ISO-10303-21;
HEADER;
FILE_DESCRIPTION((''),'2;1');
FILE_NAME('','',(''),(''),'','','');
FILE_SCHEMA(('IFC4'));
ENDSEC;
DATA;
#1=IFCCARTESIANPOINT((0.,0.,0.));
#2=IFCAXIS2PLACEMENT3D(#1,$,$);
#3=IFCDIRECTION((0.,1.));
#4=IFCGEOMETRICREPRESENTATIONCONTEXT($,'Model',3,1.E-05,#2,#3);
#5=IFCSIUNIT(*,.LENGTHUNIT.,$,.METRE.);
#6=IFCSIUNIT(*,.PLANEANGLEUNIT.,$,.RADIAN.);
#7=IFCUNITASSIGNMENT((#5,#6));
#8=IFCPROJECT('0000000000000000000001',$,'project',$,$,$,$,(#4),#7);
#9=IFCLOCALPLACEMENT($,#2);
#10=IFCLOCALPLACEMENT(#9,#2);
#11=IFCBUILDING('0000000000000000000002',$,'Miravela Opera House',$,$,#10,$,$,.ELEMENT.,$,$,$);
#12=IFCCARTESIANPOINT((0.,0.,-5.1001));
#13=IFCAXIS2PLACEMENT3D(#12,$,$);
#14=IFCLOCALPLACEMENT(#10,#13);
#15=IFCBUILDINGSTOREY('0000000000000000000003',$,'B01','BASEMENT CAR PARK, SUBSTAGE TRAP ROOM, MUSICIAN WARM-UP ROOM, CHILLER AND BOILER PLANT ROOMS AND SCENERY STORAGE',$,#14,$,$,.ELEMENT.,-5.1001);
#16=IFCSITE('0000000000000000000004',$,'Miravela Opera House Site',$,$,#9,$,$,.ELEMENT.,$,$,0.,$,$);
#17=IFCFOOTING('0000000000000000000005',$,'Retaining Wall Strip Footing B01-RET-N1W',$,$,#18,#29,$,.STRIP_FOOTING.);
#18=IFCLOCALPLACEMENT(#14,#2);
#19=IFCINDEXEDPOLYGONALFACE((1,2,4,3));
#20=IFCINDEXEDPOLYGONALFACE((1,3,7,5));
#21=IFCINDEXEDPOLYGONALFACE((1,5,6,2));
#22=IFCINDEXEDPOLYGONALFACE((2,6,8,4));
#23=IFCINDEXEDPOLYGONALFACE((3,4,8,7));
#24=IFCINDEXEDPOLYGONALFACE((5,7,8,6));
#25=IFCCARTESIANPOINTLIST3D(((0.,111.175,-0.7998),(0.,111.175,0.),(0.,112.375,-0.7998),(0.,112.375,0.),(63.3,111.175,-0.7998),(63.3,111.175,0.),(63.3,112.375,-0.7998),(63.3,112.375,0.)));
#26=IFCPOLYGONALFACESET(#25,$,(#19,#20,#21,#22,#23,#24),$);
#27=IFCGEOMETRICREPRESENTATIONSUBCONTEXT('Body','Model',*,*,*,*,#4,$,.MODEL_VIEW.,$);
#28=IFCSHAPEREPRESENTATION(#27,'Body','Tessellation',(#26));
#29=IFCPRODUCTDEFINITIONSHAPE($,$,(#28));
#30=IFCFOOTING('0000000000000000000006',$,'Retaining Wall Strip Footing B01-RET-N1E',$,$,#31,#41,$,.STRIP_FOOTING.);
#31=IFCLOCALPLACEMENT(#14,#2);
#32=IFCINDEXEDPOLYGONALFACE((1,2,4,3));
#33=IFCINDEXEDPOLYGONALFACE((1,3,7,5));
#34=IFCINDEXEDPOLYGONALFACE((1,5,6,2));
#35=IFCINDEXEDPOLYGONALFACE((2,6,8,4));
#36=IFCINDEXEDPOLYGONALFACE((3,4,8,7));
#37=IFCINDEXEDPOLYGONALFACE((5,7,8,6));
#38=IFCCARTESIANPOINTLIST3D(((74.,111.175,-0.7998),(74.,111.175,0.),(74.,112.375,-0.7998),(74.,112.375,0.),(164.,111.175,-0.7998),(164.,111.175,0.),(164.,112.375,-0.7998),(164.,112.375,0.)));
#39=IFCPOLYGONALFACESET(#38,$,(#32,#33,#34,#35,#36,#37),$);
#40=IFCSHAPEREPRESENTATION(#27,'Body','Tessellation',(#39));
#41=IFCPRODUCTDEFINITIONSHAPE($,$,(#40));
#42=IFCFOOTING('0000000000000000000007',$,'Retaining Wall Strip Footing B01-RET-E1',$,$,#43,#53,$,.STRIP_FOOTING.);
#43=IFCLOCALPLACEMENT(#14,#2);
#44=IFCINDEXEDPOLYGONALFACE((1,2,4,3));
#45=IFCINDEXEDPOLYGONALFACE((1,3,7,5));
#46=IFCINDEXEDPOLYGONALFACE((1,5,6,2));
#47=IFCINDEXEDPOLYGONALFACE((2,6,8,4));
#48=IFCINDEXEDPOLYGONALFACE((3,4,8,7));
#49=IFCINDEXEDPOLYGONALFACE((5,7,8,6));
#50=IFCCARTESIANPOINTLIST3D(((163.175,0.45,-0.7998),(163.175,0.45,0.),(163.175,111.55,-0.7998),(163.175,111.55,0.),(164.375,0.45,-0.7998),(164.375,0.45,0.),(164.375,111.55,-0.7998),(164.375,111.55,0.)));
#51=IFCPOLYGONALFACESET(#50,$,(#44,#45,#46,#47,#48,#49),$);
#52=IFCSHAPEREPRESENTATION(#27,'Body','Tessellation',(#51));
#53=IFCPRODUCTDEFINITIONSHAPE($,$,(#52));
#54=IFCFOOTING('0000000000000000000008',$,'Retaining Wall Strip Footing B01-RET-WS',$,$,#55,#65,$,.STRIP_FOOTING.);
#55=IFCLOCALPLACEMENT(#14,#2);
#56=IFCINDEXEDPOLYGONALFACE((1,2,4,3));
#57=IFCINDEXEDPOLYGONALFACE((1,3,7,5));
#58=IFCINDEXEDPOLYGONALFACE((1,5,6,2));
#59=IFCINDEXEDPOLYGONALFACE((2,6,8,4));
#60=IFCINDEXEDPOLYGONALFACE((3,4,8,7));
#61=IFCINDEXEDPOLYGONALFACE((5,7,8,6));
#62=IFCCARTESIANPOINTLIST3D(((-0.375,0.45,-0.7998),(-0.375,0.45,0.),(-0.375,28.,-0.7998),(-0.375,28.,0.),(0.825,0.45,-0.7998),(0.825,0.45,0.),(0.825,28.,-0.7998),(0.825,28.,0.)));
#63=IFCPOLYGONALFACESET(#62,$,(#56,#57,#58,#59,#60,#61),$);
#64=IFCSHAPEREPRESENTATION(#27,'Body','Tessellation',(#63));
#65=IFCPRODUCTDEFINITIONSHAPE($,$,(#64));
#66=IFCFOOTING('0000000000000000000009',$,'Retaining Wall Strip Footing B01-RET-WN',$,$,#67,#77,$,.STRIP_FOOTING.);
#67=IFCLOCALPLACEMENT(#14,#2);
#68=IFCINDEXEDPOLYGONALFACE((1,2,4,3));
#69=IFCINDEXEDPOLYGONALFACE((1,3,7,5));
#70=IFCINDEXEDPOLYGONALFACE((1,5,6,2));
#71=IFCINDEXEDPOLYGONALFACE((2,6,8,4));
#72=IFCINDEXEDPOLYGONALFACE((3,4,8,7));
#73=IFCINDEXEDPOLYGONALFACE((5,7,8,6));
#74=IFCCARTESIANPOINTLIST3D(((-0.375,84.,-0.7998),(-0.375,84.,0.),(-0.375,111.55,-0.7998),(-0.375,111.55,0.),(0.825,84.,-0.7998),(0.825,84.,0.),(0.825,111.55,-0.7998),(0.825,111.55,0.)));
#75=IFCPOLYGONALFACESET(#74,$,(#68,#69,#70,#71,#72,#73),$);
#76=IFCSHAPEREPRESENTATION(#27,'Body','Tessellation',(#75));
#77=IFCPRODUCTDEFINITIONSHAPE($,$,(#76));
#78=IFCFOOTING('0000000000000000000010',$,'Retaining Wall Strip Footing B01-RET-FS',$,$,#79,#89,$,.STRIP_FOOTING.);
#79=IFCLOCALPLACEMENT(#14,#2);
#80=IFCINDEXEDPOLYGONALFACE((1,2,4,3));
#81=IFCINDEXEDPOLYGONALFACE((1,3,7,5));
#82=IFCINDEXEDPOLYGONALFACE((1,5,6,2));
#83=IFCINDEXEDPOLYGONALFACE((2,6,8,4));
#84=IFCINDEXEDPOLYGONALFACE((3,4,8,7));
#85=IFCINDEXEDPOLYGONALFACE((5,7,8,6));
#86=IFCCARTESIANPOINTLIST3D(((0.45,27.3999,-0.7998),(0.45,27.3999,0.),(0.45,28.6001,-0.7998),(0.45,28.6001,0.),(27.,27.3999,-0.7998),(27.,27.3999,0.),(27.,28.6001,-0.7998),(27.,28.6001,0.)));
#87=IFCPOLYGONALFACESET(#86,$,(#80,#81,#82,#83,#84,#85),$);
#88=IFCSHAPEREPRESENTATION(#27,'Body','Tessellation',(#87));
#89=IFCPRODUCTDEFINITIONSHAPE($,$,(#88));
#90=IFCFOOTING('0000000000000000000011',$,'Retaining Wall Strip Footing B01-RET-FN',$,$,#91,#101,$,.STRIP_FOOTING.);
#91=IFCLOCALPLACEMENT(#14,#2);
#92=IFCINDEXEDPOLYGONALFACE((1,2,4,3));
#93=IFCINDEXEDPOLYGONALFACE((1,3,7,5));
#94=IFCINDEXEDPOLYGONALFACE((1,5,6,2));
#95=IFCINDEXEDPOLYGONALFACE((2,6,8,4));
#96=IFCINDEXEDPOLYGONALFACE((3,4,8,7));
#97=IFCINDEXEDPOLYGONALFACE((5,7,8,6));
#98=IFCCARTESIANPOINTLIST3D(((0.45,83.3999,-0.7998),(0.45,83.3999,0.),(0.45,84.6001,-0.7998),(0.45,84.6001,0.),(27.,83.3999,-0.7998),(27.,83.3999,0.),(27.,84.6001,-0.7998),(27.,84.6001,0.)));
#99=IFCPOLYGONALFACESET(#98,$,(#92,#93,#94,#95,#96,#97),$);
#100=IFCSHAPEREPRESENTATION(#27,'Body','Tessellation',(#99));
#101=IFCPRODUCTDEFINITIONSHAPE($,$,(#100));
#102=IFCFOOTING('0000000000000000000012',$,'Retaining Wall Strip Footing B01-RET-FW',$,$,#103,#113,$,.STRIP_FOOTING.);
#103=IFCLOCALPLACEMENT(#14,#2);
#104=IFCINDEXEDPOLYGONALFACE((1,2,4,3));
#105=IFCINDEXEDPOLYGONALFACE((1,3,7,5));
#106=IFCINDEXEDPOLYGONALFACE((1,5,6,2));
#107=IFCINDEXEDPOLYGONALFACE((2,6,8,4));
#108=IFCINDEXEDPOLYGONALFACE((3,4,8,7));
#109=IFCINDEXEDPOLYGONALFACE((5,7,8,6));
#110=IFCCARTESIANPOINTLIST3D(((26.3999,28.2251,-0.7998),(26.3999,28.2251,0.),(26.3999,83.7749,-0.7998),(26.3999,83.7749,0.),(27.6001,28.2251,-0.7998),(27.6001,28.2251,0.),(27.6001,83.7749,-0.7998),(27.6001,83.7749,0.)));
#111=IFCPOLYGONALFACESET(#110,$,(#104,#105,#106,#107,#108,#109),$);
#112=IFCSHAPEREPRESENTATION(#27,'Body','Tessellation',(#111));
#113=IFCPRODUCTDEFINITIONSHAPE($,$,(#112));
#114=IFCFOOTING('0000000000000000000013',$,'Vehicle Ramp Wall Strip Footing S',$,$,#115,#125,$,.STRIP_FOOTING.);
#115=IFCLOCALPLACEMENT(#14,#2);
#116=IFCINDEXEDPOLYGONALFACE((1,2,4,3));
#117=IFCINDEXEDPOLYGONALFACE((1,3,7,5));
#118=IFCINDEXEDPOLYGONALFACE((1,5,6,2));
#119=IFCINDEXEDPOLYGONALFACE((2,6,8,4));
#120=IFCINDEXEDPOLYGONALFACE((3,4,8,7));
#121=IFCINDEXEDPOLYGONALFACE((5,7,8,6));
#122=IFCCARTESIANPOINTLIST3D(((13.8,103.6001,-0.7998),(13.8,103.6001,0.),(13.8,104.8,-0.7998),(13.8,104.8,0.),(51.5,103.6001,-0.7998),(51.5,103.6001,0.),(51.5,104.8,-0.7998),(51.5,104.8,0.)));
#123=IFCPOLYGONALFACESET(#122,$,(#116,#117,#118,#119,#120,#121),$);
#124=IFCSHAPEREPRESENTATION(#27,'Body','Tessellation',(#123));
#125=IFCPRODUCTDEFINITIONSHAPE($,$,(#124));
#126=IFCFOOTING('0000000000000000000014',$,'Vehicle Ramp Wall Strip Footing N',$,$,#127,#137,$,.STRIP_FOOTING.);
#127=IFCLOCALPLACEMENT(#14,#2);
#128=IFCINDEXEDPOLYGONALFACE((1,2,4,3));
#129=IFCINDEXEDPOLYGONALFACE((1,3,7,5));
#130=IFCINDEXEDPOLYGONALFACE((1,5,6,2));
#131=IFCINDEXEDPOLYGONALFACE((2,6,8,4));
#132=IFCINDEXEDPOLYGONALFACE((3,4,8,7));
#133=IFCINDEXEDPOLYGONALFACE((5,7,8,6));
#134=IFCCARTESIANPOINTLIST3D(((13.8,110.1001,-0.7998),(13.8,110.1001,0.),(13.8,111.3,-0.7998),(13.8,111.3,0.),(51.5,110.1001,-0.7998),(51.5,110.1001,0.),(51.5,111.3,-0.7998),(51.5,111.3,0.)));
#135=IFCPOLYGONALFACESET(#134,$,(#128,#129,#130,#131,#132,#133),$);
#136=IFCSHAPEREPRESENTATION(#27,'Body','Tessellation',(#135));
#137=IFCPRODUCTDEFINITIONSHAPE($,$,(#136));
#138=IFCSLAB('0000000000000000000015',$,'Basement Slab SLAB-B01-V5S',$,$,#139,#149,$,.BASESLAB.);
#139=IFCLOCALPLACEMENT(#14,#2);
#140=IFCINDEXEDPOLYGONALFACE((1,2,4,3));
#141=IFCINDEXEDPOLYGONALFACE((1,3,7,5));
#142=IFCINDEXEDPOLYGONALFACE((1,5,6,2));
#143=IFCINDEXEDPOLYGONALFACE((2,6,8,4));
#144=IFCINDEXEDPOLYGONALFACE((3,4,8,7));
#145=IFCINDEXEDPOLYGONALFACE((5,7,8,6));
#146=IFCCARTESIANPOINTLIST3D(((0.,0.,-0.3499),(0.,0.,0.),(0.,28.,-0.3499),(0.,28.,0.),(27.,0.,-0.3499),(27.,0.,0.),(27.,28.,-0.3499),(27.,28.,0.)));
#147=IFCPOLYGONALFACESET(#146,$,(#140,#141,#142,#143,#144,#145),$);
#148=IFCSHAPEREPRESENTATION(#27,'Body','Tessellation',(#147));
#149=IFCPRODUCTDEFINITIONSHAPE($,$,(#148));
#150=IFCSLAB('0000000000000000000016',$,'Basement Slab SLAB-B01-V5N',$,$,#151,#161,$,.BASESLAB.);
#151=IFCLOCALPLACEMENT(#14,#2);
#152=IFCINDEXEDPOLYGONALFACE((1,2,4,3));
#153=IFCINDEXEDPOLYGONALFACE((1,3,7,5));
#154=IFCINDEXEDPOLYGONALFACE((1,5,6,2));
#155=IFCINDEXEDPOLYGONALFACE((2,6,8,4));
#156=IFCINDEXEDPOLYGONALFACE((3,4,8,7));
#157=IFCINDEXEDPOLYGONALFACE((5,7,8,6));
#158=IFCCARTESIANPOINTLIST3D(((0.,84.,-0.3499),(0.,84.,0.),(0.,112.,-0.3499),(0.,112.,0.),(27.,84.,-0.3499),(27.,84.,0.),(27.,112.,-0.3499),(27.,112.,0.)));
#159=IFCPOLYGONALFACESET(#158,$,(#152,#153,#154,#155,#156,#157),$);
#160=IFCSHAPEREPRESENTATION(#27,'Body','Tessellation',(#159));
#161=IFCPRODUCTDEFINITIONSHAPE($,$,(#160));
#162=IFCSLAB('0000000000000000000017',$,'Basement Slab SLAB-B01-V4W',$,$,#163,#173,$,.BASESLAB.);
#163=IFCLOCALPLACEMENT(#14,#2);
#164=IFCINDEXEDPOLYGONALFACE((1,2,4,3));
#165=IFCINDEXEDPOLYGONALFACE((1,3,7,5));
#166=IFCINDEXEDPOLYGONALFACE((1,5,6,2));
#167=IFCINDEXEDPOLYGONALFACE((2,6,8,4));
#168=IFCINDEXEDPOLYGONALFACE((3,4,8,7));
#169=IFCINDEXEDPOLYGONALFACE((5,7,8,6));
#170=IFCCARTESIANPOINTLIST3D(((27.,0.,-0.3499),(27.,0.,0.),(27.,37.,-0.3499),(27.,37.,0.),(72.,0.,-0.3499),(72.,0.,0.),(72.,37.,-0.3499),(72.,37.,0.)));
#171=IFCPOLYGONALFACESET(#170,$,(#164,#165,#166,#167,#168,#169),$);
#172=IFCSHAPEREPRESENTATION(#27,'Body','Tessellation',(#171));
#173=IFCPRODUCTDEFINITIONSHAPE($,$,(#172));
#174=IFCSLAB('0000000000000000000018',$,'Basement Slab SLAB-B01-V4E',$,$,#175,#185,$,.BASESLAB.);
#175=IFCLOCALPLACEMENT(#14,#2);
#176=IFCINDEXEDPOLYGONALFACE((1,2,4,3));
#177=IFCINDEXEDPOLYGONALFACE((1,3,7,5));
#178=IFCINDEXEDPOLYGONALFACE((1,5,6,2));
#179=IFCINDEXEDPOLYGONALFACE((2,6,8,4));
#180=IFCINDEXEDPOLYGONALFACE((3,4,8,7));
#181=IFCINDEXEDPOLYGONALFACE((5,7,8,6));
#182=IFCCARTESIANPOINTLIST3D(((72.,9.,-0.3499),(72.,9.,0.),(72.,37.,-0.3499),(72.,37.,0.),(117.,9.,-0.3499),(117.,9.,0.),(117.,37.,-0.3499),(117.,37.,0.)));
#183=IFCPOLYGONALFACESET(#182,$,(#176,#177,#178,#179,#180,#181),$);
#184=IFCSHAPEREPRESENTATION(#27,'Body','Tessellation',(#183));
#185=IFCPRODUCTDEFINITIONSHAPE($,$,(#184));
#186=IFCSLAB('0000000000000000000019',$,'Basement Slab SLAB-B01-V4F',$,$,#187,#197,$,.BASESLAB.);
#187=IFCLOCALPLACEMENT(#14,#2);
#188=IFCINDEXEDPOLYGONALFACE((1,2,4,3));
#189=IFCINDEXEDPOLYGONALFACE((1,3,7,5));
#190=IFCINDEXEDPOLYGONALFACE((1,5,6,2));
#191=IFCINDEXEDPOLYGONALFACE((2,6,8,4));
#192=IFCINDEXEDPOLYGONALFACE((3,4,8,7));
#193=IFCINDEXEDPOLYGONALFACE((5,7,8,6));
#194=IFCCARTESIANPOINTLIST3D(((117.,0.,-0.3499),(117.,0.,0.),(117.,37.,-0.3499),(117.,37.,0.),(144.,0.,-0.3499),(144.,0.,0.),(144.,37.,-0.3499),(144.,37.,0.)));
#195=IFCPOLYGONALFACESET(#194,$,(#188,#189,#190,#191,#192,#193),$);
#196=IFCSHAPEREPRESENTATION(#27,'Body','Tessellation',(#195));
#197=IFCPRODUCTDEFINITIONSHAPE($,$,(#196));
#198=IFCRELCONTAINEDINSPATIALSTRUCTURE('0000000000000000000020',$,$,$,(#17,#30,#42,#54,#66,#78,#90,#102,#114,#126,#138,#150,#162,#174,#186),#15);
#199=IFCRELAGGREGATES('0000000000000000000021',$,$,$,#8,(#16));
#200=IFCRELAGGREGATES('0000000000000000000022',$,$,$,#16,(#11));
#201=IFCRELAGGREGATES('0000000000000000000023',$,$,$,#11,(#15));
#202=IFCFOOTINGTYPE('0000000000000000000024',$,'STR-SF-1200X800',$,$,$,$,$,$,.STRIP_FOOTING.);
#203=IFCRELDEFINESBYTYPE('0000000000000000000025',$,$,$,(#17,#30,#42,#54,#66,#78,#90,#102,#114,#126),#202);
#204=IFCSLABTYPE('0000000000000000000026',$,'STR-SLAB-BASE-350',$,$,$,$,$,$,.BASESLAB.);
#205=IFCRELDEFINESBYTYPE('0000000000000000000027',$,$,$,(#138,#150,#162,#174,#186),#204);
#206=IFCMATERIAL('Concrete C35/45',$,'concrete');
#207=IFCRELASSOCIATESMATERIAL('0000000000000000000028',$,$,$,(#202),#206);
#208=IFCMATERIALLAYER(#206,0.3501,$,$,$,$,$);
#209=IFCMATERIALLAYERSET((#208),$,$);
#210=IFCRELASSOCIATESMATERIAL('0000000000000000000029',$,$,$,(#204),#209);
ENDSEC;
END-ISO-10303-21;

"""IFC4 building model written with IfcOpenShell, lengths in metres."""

from ifc_helpers import new_model, si_unit, direction, frame, origin, place, context, subcontext, project, spatial, polyline, outline, extrude, material, layer, layer_set, type_object, element, save


model = new_model("IFC4")

# Units and contexts
model_context = context("Model", 3, precision=1e-05, world=origin(), true_north=direction((0.0, 1.0)))
body_context = subcontext(model_context, "Body", "Model", "MODEL_VIEW")
ifc_project = project(units=[si_unit("LENGTHUNIT", "METRE"), si_unit("PLANEANGLEUNIT", "RADIAN")], contexts=[model_context])

# Site, building, storey
site_placement = place(None, origin())
site = spatial("IfcSite", under=ifc_project, at=site_placement, Name="Miravela Opera House Site", CompositionType="ELEMENT", RefElevation=0.0)
building_placement = place(site_placement, origin())
building = spatial("IfcBuilding", under=site, at=building_placement, Name="Miravela Opera House", CompositionType="ELEMENT")
storey_placement = place(building_placement, frame((0.0, 0.0, -5.1001)))
storey = spatial("IfcBuildingStorey", under=building, at=storey_placement, Name="B01", Description="BASEMENT CAR PARK, SUBSTAGE TRAP ROOM, MUSICIAN WARM-UP ROOM, CHILLER AND BOILER PLANT ROOMS AND SCENERY STORAGE", CompositionType="ELEMENT", Elevation=-5.1001)

# Shared definitions
ifc_material_1 = material(Name="Concrete C35/45", Category="concrete")

# Footings
footing_type_1 = type_object("IfcFootingType", Name="STR-SF-1200X800", PredefinedType="STRIP_FOOTING", material=ifc_material_1)
footing_1_placement = place(storey_placement, frame((0.0, 0.0, -0.7998)))
element("IfcFooting", 1, at=footing_1_placement, inside=storey, type_object=footing_type_1, Name="Retaining Wall Strip Footing B01-RET-N1W", PredefinedType="STRIP_FOOTING", context=body_context, shape_type="SweptSolid", body=[
    extrude(outline(polyline([(0.0, 111.175), (63.3, 111.175), (63.3, 112.375), (0.0, 112.375), (0.0, 111.175)])), origin(), (0.0, 0.0, 1.0), 0.7998),
])
footing_2_placement = place(storey_placement, frame((0.0, 0.0, -0.7998)))
element("IfcFooting", 2, at=footing_2_placement, inside=storey, type_object=footing_type_1, Name="Retaining Wall Strip Footing B01-RET-N1E", PredefinedType="STRIP_FOOTING", context=body_context, shape_type="SweptSolid", body=[
    extrude(outline(polyline([(74.0, 111.175), (164.0, 111.175), (164.0, 112.375), (74.0, 112.375), (74.0, 111.175)])), origin(), (0.0, 0.0, 1.0), 0.7998),
])
footing_3_placement = place(storey_placement, frame((0.0, 0.0, -0.7998)))
element("IfcFooting", 3, at=footing_3_placement, inside=storey, type_object=footing_type_1, Name="Retaining Wall Strip Footing B01-RET-E1", PredefinedType="STRIP_FOOTING", context=body_context, shape_type="SweptSolid", body=[
    extrude(outline(polyline([(163.175, 0.45), (164.375, 0.45), (164.375, 111.55), (163.175, 111.55), (163.175, 0.45)])), origin(), (0.0, 0.0, 1.0), 0.7998),
])
footing_4_placement = place(storey_placement, frame((0.0, 0.0, -0.7998)))
element("IfcFooting", 4, at=footing_4_placement, inside=storey, type_object=footing_type_1, Name="Retaining Wall Strip Footing B01-RET-WS", PredefinedType="STRIP_FOOTING", context=body_context, shape_type="SweptSolid", body=[
    extrude(outline(polyline([(-0.375, 0.45), (0.825, 0.45), (0.825, 28.0), (-0.375, 28.0), (-0.375, 0.45)])), origin(), (0.0, 0.0, 1.0), 0.7998),
])
footing_5_placement = place(storey_placement, frame((0.0, 0.0, -0.7998)))
element("IfcFooting", 5, at=footing_5_placement, inside=storey, type_object=footing_type_1, Name="Retaining Wall Strip Footing B01-RET-WN", PredefinedType="STRIP_FOOTING", context=body_context, shape_type="SweptSolid", body=[
    extrude(outline(polyline([(-0.375, 84.0), (0.825, 84.0), (0.825, 111.55), (-0.375, 111.55), (-0.375, 84.0)])), origin(), (0.0, 0.0, 1.0), 0.7998),
])
footing_6_placement = place(storey_placement, frame((0.0, 0.0, -0.7998)))
element("IfcFooting", 6, at=footing_6_placement, inside=storey, type_object=footing_type_1, Name="Retaining Wall Strip Footing B01-RET-FS", PredefinedType="STRIP_FOOTING", context=body_context, shape_type="SweptSolid", body=[
    extrude(outline(polyline([(0.45, 27.3999), (27.0, 27.3999), (27.0, 28.6001), (0.45, 28.6001), (0.45, 27.3999)])), origin(), (0.0, 0.0, 1.0), 0.7998),
])
footing_7_placement = place(storey_placement, frame((0.0, 0.0, -0.7998)))
element("IfcFooting", 7, at=footing_7_placement, inside=storey, type_object=footing_type_1, Name="Retaining Wall Strip Footing B01-RET-FN", PredefinedType="STRIP_FOOTING", context=body_context, shape_type="SweptSolid", body=[
    extrude(outline(polyline([(0.45, 83.3999), (27.0, 83.3999), (27.0, 84.6001), (0.45, 84.6001), (0.45, 83.3999)])), origin(), (0.0, 0.0, 1.0), 0.7998),
])
footing_8_placement = place(storey_placement, frame((0.0, 0.0, -0.7998)))
element("IfcFooting", 8, at=footing_8_placement, inside=storey, type_object=footing_type_1, Name="Retaining Wall Strip Footing B01-RET-FW", PredefinedType="STRIP_FOOTING", context=body_context, shape_type="SweptSolid", body=[
    extrude(outline(polyline([(26.3999, 28.2251), (27.6001, 28.2251), (27.6001, 83.7749), (26.3999, 83.7749), (26.3999, 28.2251)])), origin(), (0.0, 0.0, 1.0), 0.7998),
])
footing_9_placement = place(storey_placement, frame((0.0, 0.0, -0.7998)))
element("IfcFooting", 9, at=footing_9_placement, inside=storey, type_object=footing_type_1, Name="Vehicle Ramp Wall Strip Footing S", PredefinedType="STRIP_FOOTING", context=body_context, shape_type="SweptSolid", body=[
    extrude(outline(polyline([(13.8, 103.6001), (51.5, 103.6001), (51.5, 104.8), (13.8, 104.8), (13.8, 103.6001)])), origin(), (0.0, 0.0, 1.0), 0.7998),
])
footing_10_placement = place(storey_placement, frame((0.0, 0.0, -0.7998)))
element("IfcFooting", 10, at=footing_10_placement, inside=storey, type_object=footing_type_1, Name="Vehicle Ramp Wall Strip Footing N", PredefinedType="STRIP_FOOTING", context=body_context, shape_type="SweptSolid", body=[
    extrude(outline(polyline([(13.8, 110.1001), (51.5, 110.1001), (51.5, 111.3), (13.8, 111.3), (13.8, 110.1001)])), origin(), (0.0, 0.0, 1.0), 0.7998),
])

# Slabs
ifc_layer_1 = layer(ifc_material_1, 0.3501)
ifc_layer_set_1 = layer_set([ifc_layer_1])
slab_type_1 = type_object("IfcSlabType", Name="STR-SLAB-BASE-350", PredefinedType="BASESLAB", material=ifc_layer_set_1)
slab_1_placement = place(storey_placement, frame((0.0, 0.0, -0.3499)))
element("IfcSlab", 11, at=slab_1_placement, inside=storey, type_object=slab_type_1, Name="Basement Slab SLAB-B01-V5S", PredefinedType="BASESLAB", context=body_context, shape_type="SweptSolid", body=[
    extrude(outline(polyline([(0.0, 0.0), (27.0, 0.0), (27.0, 28.0), (0.0, 28.0), (0.0, 0.0)])), origin(), (0.0, 0.0, 1.0), 0.3499),
])
slab_2_placement = place(storey_placement, frame((0.0, 0.0, -0.3499)))
element("IfcSlab", 12, at=slab_2_placement, inside=storey, type_object=slab_type_1, Name="Basement Slab SLAB-B01-V5N", PredefinedType="BASESLAB", context=body_context, shape_type="SweptSolid", body=[
    extrude(outline(polyline([(0.0, 84.0), (27.0, 84.0), (27.0, 112.0), (0.0, 112.0), (0.0, 84.0)])), origin(), (0.0, 0.0, 1.0), 0.3499),
])
slab_3_placement = place(storey_placement, frame((0.0, 0.0, -0.3499)))
element("IfcSlab", 13, at=slab_3_placement, inside=storey, type_object=slab_type_1, Name="Basement Slab SLAB-B01-V4W", PredefinedType="BASESLAB", context=body_context, shape_type="SweptSolid", body=[
    extrude(outline(polyline([(27.0, 0.0), (72.0, 0.0), (72.0, 37.0), (27.0, 37.0), (27.0, 0.0)])), origin(), (0.0, 0.0, 1.0), 0.3499),
])
slab_4_placement = place(storey_placement, frame((0.0, 0.0, -0.3499)))
element("IfcSlab", 14, at=slab_4_placement, inside=storey, type_object=slab_type_1, Name="Basement Slab SLAB-B01-V4E", PredefinedType="BASESLAB", context=body_context, shape_type="SweptSolid", body=[
    extrude(outline(polyline([(72.0, 9.0), (117.0, 9.0), (117.0, 37.0), (72.0, 37.0), (72.0, 9.0)])), origin(), (0.0, 0.0, 1.0), 0.3499),
])
slab_5_placement = place(storey_placement, frame((0.0, 0.0, -0.3499)))
element("IfcSlab", 15, at=slab_5_placement, inside=storey, type_object=slab_type_1, Name="Basement Slab SLAB-B01-V4F", PredefinedType="BASESLAB", context=body_context, shape_type="SweptSolid", body=[
    extrude(outline(polyline([(117.0, 0.0), (144.0, 0.0), (144.0, 37.0), (117.0, 37.0), (117.0, 0.0)])), origin(), (0.0, 0.0, 1.0), 0.3499),
])

save(model, "model.ifc")
